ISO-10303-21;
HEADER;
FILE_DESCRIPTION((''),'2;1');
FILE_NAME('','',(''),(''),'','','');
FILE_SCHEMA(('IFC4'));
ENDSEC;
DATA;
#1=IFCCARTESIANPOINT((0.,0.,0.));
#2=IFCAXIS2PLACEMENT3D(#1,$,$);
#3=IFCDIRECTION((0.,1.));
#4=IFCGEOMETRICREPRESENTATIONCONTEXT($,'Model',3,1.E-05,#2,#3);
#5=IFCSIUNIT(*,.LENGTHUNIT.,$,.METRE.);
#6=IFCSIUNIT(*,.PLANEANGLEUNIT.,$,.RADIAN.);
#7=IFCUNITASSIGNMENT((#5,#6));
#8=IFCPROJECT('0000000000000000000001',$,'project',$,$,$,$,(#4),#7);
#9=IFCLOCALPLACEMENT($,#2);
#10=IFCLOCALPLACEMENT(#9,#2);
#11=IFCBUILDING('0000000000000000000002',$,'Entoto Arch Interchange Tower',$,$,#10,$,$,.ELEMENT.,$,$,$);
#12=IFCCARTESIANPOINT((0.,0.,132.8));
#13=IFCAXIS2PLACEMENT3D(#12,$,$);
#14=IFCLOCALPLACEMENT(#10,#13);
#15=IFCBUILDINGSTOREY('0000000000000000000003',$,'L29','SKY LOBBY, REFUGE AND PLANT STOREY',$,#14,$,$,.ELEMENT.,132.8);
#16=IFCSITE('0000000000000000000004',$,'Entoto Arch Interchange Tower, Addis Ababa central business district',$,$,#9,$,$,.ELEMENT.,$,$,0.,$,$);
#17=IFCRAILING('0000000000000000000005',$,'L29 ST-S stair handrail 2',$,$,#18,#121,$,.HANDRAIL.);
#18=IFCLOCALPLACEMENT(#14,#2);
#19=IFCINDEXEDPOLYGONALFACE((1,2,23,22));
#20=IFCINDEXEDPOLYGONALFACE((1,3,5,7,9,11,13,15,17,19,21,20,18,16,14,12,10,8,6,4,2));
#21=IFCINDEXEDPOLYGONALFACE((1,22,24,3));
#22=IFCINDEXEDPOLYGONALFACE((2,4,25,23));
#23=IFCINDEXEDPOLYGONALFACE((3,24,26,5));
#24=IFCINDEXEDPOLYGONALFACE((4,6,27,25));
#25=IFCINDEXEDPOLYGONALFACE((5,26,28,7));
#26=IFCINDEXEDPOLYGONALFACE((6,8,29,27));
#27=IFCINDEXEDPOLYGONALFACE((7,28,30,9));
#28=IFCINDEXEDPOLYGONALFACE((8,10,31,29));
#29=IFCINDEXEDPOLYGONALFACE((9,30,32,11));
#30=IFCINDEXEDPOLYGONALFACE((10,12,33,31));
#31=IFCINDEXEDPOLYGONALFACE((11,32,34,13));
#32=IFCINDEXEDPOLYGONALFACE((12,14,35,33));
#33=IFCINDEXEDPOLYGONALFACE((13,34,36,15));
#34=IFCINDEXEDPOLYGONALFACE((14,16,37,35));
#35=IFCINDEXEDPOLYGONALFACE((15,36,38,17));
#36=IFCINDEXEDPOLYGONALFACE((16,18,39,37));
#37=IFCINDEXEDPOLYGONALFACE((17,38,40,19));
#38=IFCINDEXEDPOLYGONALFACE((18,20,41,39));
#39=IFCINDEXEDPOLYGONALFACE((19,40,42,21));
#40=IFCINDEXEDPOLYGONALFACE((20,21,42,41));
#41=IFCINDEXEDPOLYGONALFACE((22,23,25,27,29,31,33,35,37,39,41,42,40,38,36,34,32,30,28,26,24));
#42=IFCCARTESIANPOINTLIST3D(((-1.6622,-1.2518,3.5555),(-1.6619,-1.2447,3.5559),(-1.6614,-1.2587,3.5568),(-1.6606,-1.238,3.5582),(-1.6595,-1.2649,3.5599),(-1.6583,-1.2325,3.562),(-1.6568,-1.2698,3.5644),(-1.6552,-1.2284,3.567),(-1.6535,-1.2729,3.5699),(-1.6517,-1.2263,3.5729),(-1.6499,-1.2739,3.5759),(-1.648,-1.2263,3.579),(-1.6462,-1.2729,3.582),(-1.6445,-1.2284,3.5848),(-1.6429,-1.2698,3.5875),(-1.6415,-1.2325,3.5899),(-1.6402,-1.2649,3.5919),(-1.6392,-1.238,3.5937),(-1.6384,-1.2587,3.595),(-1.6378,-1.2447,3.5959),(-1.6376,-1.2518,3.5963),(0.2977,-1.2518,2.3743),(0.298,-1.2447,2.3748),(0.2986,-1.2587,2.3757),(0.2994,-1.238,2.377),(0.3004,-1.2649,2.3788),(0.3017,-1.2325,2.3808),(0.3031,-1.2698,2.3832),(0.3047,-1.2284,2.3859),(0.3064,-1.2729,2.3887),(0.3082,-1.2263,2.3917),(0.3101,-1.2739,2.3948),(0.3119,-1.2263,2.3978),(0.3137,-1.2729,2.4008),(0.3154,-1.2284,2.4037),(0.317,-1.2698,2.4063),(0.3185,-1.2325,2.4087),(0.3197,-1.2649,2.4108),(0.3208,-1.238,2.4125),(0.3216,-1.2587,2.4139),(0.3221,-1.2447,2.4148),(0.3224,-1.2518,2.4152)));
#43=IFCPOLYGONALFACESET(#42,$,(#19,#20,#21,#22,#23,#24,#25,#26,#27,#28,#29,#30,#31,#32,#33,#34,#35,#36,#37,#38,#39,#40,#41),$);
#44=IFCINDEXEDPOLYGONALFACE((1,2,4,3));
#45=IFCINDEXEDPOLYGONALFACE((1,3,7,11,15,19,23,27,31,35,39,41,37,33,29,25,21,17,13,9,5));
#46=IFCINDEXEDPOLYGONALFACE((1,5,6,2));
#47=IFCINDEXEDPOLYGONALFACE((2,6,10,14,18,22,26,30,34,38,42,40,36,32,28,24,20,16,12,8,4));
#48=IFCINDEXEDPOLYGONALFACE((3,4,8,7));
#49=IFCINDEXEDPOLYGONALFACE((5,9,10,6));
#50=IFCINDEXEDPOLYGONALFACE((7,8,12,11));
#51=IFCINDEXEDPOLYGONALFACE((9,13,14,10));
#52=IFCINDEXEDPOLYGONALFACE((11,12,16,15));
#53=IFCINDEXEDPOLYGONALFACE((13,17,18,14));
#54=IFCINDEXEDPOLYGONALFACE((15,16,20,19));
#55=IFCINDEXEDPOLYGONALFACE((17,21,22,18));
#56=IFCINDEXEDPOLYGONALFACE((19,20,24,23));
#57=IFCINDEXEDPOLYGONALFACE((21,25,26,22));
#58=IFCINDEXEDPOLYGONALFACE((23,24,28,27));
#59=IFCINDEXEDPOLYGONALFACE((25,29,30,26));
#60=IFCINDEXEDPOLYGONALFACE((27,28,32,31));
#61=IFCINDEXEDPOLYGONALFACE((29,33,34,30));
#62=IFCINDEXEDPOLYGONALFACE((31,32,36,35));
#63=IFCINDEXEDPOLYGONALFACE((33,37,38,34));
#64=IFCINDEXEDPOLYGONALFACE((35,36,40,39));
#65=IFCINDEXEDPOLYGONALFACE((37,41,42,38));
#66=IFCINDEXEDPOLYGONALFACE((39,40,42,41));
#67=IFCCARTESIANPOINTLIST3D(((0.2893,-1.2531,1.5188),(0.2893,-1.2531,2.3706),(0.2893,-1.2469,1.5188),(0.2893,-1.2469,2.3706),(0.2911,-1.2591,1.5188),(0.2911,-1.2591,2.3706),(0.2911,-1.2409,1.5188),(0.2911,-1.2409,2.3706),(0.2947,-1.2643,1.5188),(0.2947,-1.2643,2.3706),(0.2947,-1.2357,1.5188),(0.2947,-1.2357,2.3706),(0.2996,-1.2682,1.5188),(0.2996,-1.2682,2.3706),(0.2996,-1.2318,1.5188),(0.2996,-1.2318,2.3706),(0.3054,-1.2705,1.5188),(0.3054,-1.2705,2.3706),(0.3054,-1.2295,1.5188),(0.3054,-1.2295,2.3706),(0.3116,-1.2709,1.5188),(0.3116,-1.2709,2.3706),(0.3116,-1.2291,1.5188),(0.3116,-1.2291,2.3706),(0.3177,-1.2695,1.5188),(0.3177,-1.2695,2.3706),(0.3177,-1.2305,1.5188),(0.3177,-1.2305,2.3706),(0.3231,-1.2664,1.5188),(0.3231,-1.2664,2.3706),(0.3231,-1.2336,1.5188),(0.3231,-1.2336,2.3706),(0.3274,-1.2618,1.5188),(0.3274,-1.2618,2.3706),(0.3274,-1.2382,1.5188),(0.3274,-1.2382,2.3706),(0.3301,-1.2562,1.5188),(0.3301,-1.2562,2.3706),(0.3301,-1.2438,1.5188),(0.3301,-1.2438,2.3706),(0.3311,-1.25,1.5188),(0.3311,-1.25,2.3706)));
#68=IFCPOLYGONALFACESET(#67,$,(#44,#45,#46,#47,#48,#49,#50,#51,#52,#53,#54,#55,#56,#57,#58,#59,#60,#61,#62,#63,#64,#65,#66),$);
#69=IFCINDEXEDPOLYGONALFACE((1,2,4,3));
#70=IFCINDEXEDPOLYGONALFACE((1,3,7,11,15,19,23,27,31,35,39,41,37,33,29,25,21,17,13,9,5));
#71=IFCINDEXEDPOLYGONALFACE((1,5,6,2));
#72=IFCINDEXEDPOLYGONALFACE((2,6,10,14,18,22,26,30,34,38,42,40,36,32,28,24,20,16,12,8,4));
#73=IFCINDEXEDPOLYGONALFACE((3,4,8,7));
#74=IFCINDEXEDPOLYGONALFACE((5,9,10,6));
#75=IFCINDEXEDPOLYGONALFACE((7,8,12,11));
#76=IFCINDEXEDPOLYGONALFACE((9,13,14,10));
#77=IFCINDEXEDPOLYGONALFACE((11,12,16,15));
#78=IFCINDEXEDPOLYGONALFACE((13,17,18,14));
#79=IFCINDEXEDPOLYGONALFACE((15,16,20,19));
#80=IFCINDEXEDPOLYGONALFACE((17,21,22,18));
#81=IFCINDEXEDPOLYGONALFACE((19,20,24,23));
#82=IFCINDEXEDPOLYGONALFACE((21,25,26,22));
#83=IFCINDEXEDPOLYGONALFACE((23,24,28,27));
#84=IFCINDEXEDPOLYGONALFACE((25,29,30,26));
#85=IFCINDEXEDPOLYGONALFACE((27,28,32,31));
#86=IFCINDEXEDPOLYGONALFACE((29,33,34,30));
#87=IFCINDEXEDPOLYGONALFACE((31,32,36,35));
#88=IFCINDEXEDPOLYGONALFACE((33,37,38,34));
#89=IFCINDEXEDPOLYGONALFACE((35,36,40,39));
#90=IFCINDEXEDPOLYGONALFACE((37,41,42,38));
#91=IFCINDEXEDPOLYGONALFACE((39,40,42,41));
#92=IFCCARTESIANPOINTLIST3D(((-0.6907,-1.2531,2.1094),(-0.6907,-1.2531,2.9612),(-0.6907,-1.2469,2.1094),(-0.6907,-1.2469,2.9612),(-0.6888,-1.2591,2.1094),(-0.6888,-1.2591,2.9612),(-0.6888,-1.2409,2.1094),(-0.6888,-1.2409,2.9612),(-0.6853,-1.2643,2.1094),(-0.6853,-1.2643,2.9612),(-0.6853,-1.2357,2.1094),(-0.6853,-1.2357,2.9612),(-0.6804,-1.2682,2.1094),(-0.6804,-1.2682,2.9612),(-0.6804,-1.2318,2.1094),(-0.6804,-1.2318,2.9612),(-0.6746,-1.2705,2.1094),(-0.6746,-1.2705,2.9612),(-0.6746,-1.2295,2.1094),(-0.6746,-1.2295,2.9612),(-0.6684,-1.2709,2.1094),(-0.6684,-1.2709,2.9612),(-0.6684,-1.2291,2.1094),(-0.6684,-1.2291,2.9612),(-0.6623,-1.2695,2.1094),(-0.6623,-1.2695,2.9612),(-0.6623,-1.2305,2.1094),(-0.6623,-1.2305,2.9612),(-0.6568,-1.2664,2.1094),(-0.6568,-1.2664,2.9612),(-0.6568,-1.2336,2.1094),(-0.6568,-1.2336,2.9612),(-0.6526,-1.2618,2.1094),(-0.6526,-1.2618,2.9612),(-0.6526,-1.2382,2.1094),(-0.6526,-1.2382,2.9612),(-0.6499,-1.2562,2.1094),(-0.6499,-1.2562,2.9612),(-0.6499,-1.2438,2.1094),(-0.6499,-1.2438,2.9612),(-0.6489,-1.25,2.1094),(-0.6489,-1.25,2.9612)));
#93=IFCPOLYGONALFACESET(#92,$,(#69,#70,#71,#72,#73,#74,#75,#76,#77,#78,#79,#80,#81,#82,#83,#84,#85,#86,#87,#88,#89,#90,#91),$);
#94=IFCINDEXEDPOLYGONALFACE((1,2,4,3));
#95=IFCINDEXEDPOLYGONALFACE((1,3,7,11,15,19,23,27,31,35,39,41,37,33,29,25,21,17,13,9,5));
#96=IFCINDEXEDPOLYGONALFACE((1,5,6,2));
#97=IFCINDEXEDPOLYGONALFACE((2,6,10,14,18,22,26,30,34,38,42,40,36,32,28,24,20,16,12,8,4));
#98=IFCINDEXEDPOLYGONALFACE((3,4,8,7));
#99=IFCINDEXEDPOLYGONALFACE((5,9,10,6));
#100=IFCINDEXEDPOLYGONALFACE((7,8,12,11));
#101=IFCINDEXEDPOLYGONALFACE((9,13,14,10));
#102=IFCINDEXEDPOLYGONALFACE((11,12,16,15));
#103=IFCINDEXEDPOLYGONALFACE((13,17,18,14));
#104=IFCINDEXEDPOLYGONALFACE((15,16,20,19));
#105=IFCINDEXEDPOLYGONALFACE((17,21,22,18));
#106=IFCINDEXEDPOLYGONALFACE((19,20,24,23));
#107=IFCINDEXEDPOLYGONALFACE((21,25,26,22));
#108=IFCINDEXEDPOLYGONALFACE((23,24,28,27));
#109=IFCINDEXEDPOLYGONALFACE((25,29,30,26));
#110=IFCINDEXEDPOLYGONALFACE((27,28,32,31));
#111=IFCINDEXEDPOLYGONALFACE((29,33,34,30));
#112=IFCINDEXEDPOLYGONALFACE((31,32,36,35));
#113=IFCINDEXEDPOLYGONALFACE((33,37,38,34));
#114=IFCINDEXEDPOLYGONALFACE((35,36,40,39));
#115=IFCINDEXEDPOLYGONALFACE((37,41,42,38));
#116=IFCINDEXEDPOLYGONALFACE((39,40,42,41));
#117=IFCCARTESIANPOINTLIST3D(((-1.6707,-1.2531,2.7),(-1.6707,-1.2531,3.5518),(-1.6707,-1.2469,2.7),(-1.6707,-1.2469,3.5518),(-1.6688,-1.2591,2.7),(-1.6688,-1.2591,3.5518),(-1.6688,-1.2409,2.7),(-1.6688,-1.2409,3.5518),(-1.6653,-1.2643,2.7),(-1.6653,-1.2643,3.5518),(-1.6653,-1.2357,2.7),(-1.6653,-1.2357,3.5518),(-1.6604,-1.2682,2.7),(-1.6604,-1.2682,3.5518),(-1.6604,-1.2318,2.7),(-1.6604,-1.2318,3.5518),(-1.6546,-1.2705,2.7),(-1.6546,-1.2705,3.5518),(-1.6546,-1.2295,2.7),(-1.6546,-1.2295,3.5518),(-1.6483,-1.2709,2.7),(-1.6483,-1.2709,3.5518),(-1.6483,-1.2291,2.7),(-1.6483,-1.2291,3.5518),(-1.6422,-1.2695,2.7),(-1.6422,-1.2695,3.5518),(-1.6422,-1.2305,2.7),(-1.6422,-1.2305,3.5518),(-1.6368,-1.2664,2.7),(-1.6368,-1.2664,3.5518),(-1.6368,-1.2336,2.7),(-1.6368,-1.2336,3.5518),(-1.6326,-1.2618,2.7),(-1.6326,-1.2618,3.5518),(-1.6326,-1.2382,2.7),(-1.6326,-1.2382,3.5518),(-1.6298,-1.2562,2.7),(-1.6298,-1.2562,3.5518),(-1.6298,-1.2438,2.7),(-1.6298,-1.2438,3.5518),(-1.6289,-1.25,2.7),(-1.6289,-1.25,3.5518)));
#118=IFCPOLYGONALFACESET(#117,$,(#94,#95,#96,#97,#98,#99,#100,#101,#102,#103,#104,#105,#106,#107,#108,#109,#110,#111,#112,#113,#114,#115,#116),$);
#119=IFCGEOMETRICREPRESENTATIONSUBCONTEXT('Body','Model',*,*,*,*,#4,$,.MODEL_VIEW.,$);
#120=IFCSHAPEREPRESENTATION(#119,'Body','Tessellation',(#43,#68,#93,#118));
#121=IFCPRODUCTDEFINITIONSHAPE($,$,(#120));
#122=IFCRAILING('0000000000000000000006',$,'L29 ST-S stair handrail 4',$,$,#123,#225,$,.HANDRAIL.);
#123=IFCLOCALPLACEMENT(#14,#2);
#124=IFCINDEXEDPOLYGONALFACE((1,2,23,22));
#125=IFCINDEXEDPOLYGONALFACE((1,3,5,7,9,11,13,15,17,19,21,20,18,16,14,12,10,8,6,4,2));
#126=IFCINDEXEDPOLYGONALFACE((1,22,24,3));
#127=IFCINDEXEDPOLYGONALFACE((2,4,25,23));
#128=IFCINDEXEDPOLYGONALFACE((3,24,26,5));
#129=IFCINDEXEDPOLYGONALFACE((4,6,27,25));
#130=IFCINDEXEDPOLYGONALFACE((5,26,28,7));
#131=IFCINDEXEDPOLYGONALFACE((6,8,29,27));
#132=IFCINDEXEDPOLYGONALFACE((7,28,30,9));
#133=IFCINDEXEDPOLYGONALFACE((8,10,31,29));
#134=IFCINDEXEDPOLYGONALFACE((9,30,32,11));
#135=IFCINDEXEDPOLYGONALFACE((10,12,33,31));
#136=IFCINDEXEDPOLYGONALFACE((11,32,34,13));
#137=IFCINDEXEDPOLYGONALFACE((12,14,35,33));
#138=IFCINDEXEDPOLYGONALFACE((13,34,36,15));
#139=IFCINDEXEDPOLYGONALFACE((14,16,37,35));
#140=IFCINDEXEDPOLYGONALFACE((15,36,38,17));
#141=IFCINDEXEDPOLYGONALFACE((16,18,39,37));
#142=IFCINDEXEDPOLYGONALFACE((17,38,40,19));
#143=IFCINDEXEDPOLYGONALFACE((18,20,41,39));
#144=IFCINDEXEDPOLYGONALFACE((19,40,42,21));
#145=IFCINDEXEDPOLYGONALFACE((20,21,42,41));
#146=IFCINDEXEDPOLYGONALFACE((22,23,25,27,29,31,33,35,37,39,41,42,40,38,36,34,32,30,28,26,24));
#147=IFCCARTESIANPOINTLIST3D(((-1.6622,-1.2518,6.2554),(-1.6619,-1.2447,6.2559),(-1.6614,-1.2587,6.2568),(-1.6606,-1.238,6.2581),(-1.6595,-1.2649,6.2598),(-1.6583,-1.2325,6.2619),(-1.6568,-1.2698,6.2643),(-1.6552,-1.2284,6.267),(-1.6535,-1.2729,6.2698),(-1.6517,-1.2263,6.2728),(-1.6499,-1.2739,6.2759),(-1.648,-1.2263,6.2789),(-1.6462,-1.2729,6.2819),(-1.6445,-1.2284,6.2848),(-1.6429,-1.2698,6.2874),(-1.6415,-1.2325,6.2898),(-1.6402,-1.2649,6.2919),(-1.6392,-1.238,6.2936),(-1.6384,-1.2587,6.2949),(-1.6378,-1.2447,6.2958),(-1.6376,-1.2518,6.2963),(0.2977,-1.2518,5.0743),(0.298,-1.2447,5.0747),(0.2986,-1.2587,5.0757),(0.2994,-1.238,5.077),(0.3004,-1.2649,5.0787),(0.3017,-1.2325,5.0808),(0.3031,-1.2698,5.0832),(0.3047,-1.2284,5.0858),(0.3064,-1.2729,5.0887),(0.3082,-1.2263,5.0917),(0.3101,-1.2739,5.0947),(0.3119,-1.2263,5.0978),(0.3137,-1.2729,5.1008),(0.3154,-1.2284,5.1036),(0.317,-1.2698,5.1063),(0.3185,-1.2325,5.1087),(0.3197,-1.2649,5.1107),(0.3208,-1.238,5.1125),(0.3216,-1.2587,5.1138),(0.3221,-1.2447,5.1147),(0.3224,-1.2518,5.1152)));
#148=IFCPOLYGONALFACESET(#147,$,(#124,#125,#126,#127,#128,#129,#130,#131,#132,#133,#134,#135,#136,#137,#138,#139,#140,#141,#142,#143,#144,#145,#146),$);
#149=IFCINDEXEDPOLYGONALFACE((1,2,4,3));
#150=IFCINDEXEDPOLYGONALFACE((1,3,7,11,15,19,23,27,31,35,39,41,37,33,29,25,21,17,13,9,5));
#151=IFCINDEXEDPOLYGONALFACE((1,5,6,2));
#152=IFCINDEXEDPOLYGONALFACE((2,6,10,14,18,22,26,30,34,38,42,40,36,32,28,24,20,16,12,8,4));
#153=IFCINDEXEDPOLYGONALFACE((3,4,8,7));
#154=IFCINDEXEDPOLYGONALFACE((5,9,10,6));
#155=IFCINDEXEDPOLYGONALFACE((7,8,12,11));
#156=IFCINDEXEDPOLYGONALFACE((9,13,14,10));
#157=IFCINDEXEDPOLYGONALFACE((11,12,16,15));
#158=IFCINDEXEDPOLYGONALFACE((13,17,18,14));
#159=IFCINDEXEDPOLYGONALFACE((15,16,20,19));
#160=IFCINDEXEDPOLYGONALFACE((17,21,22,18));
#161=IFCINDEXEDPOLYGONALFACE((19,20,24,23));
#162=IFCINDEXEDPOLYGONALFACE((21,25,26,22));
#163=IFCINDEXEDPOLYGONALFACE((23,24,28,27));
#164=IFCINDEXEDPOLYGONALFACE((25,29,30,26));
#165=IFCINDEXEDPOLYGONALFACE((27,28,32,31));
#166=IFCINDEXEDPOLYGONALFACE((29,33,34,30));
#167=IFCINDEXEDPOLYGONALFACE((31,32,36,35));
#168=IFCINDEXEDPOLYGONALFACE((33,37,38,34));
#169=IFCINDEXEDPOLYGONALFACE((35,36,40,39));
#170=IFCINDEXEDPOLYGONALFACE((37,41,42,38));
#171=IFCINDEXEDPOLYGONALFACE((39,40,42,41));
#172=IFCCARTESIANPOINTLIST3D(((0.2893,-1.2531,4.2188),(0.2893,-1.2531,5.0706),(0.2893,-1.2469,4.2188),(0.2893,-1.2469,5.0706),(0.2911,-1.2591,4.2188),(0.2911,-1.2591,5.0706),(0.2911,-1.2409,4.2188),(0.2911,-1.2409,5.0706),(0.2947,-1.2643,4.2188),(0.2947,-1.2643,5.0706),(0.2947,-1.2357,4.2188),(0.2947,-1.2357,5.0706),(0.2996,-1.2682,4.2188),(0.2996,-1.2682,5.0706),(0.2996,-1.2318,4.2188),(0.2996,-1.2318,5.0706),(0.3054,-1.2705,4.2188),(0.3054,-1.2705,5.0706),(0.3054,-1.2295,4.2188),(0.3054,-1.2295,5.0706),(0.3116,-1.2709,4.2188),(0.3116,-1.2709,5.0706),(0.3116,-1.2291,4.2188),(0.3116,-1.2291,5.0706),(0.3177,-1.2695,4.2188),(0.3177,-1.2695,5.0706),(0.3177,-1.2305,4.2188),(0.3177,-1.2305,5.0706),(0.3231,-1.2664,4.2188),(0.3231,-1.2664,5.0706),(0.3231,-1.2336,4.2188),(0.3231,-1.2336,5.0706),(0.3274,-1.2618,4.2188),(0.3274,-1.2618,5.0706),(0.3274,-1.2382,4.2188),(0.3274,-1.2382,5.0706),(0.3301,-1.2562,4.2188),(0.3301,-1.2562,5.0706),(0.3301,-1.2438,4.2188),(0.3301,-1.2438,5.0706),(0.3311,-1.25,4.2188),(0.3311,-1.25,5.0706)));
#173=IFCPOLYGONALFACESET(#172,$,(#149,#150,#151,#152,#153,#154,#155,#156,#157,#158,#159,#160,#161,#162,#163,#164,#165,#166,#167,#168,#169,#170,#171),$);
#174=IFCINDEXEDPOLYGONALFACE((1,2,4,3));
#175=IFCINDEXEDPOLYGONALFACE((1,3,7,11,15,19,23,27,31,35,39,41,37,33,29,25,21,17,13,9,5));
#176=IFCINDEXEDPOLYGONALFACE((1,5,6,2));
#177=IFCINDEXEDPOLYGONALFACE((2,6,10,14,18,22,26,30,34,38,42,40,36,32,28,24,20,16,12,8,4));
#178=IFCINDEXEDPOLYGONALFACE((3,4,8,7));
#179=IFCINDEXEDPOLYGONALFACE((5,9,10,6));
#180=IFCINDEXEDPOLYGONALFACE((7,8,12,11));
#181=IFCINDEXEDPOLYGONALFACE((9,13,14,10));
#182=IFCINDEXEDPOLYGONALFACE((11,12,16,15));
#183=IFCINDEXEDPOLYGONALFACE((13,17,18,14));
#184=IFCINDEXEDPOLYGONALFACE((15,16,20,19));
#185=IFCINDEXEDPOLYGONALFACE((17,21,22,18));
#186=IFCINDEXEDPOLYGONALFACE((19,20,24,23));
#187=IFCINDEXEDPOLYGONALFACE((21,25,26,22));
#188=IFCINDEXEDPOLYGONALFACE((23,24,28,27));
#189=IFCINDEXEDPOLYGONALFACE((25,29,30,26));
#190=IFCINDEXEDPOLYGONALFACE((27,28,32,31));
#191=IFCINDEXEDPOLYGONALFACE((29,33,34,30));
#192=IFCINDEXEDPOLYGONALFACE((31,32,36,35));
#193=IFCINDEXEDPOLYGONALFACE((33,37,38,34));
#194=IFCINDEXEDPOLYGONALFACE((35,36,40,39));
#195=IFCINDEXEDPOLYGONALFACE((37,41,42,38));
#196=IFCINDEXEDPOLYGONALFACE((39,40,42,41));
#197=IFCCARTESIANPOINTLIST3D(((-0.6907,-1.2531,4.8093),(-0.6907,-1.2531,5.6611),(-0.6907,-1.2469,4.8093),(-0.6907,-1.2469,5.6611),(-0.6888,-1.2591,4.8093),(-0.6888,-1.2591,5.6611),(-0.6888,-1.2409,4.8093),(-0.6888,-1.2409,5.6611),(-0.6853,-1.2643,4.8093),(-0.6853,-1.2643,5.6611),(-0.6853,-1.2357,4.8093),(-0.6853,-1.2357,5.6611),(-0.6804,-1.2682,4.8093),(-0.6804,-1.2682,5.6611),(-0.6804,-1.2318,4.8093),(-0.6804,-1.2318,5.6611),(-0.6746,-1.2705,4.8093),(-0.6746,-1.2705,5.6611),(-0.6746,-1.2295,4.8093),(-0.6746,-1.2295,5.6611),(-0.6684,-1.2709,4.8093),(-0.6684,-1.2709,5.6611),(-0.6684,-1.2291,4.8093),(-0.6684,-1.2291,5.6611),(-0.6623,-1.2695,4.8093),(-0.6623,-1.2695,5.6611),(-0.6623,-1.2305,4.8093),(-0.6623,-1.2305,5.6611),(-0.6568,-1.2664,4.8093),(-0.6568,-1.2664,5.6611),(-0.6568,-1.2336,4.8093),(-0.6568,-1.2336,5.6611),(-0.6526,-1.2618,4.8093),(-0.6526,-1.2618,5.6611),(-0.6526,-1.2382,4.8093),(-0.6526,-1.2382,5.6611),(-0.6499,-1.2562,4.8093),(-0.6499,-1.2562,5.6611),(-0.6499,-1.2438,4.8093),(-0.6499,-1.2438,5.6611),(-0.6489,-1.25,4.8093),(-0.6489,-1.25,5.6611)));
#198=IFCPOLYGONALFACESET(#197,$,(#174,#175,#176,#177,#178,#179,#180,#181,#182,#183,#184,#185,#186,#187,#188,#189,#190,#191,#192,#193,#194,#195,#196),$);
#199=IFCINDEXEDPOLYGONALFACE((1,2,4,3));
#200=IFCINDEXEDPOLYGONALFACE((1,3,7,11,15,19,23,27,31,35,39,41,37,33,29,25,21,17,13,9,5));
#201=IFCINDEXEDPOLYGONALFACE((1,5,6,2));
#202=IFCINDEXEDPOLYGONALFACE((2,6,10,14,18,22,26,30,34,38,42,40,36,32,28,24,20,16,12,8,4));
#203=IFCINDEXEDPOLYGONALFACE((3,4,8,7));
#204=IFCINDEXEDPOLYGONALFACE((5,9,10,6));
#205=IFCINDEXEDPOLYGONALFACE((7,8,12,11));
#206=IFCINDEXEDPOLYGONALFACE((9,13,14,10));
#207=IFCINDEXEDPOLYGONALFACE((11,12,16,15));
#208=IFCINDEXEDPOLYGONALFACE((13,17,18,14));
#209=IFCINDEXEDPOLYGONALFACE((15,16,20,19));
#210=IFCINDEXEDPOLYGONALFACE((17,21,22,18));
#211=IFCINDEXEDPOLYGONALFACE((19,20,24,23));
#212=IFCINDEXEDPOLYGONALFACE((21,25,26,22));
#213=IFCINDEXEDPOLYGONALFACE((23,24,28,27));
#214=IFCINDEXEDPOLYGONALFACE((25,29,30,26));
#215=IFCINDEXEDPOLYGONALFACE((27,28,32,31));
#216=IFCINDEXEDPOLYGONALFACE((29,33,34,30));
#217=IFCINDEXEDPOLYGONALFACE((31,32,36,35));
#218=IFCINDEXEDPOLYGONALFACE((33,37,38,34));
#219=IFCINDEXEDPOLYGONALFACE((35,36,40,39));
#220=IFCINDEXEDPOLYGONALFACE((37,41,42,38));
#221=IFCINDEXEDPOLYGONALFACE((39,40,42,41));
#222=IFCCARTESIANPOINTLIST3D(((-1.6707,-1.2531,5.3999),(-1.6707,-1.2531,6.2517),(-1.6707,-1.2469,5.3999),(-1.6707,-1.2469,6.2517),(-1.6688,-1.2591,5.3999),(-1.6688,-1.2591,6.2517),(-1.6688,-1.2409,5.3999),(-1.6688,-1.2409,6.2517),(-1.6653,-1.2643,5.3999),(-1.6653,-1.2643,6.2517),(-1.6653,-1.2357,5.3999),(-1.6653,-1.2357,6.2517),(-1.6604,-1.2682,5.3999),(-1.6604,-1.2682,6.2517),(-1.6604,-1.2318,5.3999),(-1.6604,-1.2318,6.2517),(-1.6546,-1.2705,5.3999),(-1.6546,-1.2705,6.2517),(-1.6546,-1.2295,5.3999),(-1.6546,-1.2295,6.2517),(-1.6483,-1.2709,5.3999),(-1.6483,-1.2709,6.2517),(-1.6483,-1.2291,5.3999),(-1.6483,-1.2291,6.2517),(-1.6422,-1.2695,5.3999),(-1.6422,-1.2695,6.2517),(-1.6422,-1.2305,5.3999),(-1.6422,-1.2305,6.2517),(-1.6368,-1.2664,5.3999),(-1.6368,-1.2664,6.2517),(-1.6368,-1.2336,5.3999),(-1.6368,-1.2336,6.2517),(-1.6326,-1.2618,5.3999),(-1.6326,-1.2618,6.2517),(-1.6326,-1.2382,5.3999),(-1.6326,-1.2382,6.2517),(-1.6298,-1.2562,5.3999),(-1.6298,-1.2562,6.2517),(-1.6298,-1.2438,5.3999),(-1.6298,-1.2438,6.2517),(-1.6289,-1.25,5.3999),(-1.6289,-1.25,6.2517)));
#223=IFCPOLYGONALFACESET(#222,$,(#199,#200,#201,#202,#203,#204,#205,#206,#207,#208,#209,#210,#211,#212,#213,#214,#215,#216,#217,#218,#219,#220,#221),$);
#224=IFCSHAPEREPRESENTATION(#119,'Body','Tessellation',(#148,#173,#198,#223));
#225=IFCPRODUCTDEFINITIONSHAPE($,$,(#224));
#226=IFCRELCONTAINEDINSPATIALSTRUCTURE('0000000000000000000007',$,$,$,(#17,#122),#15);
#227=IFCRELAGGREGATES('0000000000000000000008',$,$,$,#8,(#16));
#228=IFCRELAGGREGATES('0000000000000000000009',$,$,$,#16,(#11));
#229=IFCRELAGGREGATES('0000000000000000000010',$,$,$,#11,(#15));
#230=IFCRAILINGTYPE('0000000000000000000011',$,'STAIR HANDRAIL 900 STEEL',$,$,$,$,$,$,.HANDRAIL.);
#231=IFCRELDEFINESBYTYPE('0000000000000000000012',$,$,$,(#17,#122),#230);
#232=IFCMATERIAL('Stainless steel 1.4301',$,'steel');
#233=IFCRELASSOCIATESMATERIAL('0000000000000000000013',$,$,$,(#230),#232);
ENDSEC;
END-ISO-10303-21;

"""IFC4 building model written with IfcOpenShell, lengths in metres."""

from ifc_helpers import new_model, si_unit, direction, frame, origin, origin_2d, place, context, subcontext, project, spatial, circle, extrude, material, type_object, element, save


model = new_model("IFC4")

# Units and contexts
model_context = context("Model", 3, precision=1e-05, world=origin(), true_north=direction((0.0, 1.0)))
body_context = subcontext(model_context, "Body", "Model", "MODEL_VIEW")
ifc_project = project(units=[si_unit("LENGTHUNIT", "METRE"), si_unit("PLANEANGLEUNIT", "RADIAN")], contexts=[model_context])

# Site, building, storey
site_placement = place(None, origin())
site = spatial("IfcSite", under=ifc_project, at=site_placement, Name="Entoto Arch Interchange Tower, Addis Ababa central business district", CompositionType="ELEMENT", RefElevation=0.0)
building_placement = place(site_placement, origin())
building = spatial("IfcBuilding", under=site, at=building_placement, Name="Entoto Arch Interchange Tower", CompositionType="ELEMENT")
storey_placement = place(building_placement, frame((0.0, 0.0, 132.8)))
storey = spatial("IfcBuildingStorey", under=building, at=storey_placement, Name="L29", Description="SKY LOBBY, REFUGE AND PLANT STOREY", CompositionType="ELEMENT", Elevation=132.8)

# Railings
ifc_material_1 = material(Name="Stainless steel 1.4301", Category="steel")
railing_type = type_object("IfcRailingType", Name="STAIR HANDRAIL 900 STEEL", PredefinedType="HANDRAIL", material=ifc_material_1)
for number, where, name in (
    (1, (0.3101, -1.25, 1.5188), "L29 ST-S stair handrail 2"),
    (2, (0.3101, -1.25, 4.2188), "L29 ST-S stair handrail 4"),
):
    element("IfcRailing", number, at=place(storey_placement, frame(where)), inside=storey, type_object=railing_type, Name=name, PredefinedType="HANDRAIL", context=body_context, shape_type="SweptSolid", body=[
        extrude(circle(Radius=0.0239, at=origin_2d()), frame((0.0, 0.0, 0.876), z_axis=(-0.856493, 0.0, 0.516158), x_axis=(0.0, -1.0, 0.0)), (0.0, 0.0, 1.0), 2.2883),
        extrude(circle(Radius=0.021, at=origin_2d()), origin(), (0.0, 0.0, 1.0), 0.8518),
        extrude(circle(Radius=0.021, at=origin_2d()), frame((-0.98, 0.0, 0.5906)), (0.0, 0.0, 1.0), 0.8518),
        extrude(circle(Radius=0.021, at=origin_2d()), frame((-1.96, 0.0, 1.1812)), (0.0, 0.0, 1.0), 0.8518),
    ])

save(model, "model.ifc")
